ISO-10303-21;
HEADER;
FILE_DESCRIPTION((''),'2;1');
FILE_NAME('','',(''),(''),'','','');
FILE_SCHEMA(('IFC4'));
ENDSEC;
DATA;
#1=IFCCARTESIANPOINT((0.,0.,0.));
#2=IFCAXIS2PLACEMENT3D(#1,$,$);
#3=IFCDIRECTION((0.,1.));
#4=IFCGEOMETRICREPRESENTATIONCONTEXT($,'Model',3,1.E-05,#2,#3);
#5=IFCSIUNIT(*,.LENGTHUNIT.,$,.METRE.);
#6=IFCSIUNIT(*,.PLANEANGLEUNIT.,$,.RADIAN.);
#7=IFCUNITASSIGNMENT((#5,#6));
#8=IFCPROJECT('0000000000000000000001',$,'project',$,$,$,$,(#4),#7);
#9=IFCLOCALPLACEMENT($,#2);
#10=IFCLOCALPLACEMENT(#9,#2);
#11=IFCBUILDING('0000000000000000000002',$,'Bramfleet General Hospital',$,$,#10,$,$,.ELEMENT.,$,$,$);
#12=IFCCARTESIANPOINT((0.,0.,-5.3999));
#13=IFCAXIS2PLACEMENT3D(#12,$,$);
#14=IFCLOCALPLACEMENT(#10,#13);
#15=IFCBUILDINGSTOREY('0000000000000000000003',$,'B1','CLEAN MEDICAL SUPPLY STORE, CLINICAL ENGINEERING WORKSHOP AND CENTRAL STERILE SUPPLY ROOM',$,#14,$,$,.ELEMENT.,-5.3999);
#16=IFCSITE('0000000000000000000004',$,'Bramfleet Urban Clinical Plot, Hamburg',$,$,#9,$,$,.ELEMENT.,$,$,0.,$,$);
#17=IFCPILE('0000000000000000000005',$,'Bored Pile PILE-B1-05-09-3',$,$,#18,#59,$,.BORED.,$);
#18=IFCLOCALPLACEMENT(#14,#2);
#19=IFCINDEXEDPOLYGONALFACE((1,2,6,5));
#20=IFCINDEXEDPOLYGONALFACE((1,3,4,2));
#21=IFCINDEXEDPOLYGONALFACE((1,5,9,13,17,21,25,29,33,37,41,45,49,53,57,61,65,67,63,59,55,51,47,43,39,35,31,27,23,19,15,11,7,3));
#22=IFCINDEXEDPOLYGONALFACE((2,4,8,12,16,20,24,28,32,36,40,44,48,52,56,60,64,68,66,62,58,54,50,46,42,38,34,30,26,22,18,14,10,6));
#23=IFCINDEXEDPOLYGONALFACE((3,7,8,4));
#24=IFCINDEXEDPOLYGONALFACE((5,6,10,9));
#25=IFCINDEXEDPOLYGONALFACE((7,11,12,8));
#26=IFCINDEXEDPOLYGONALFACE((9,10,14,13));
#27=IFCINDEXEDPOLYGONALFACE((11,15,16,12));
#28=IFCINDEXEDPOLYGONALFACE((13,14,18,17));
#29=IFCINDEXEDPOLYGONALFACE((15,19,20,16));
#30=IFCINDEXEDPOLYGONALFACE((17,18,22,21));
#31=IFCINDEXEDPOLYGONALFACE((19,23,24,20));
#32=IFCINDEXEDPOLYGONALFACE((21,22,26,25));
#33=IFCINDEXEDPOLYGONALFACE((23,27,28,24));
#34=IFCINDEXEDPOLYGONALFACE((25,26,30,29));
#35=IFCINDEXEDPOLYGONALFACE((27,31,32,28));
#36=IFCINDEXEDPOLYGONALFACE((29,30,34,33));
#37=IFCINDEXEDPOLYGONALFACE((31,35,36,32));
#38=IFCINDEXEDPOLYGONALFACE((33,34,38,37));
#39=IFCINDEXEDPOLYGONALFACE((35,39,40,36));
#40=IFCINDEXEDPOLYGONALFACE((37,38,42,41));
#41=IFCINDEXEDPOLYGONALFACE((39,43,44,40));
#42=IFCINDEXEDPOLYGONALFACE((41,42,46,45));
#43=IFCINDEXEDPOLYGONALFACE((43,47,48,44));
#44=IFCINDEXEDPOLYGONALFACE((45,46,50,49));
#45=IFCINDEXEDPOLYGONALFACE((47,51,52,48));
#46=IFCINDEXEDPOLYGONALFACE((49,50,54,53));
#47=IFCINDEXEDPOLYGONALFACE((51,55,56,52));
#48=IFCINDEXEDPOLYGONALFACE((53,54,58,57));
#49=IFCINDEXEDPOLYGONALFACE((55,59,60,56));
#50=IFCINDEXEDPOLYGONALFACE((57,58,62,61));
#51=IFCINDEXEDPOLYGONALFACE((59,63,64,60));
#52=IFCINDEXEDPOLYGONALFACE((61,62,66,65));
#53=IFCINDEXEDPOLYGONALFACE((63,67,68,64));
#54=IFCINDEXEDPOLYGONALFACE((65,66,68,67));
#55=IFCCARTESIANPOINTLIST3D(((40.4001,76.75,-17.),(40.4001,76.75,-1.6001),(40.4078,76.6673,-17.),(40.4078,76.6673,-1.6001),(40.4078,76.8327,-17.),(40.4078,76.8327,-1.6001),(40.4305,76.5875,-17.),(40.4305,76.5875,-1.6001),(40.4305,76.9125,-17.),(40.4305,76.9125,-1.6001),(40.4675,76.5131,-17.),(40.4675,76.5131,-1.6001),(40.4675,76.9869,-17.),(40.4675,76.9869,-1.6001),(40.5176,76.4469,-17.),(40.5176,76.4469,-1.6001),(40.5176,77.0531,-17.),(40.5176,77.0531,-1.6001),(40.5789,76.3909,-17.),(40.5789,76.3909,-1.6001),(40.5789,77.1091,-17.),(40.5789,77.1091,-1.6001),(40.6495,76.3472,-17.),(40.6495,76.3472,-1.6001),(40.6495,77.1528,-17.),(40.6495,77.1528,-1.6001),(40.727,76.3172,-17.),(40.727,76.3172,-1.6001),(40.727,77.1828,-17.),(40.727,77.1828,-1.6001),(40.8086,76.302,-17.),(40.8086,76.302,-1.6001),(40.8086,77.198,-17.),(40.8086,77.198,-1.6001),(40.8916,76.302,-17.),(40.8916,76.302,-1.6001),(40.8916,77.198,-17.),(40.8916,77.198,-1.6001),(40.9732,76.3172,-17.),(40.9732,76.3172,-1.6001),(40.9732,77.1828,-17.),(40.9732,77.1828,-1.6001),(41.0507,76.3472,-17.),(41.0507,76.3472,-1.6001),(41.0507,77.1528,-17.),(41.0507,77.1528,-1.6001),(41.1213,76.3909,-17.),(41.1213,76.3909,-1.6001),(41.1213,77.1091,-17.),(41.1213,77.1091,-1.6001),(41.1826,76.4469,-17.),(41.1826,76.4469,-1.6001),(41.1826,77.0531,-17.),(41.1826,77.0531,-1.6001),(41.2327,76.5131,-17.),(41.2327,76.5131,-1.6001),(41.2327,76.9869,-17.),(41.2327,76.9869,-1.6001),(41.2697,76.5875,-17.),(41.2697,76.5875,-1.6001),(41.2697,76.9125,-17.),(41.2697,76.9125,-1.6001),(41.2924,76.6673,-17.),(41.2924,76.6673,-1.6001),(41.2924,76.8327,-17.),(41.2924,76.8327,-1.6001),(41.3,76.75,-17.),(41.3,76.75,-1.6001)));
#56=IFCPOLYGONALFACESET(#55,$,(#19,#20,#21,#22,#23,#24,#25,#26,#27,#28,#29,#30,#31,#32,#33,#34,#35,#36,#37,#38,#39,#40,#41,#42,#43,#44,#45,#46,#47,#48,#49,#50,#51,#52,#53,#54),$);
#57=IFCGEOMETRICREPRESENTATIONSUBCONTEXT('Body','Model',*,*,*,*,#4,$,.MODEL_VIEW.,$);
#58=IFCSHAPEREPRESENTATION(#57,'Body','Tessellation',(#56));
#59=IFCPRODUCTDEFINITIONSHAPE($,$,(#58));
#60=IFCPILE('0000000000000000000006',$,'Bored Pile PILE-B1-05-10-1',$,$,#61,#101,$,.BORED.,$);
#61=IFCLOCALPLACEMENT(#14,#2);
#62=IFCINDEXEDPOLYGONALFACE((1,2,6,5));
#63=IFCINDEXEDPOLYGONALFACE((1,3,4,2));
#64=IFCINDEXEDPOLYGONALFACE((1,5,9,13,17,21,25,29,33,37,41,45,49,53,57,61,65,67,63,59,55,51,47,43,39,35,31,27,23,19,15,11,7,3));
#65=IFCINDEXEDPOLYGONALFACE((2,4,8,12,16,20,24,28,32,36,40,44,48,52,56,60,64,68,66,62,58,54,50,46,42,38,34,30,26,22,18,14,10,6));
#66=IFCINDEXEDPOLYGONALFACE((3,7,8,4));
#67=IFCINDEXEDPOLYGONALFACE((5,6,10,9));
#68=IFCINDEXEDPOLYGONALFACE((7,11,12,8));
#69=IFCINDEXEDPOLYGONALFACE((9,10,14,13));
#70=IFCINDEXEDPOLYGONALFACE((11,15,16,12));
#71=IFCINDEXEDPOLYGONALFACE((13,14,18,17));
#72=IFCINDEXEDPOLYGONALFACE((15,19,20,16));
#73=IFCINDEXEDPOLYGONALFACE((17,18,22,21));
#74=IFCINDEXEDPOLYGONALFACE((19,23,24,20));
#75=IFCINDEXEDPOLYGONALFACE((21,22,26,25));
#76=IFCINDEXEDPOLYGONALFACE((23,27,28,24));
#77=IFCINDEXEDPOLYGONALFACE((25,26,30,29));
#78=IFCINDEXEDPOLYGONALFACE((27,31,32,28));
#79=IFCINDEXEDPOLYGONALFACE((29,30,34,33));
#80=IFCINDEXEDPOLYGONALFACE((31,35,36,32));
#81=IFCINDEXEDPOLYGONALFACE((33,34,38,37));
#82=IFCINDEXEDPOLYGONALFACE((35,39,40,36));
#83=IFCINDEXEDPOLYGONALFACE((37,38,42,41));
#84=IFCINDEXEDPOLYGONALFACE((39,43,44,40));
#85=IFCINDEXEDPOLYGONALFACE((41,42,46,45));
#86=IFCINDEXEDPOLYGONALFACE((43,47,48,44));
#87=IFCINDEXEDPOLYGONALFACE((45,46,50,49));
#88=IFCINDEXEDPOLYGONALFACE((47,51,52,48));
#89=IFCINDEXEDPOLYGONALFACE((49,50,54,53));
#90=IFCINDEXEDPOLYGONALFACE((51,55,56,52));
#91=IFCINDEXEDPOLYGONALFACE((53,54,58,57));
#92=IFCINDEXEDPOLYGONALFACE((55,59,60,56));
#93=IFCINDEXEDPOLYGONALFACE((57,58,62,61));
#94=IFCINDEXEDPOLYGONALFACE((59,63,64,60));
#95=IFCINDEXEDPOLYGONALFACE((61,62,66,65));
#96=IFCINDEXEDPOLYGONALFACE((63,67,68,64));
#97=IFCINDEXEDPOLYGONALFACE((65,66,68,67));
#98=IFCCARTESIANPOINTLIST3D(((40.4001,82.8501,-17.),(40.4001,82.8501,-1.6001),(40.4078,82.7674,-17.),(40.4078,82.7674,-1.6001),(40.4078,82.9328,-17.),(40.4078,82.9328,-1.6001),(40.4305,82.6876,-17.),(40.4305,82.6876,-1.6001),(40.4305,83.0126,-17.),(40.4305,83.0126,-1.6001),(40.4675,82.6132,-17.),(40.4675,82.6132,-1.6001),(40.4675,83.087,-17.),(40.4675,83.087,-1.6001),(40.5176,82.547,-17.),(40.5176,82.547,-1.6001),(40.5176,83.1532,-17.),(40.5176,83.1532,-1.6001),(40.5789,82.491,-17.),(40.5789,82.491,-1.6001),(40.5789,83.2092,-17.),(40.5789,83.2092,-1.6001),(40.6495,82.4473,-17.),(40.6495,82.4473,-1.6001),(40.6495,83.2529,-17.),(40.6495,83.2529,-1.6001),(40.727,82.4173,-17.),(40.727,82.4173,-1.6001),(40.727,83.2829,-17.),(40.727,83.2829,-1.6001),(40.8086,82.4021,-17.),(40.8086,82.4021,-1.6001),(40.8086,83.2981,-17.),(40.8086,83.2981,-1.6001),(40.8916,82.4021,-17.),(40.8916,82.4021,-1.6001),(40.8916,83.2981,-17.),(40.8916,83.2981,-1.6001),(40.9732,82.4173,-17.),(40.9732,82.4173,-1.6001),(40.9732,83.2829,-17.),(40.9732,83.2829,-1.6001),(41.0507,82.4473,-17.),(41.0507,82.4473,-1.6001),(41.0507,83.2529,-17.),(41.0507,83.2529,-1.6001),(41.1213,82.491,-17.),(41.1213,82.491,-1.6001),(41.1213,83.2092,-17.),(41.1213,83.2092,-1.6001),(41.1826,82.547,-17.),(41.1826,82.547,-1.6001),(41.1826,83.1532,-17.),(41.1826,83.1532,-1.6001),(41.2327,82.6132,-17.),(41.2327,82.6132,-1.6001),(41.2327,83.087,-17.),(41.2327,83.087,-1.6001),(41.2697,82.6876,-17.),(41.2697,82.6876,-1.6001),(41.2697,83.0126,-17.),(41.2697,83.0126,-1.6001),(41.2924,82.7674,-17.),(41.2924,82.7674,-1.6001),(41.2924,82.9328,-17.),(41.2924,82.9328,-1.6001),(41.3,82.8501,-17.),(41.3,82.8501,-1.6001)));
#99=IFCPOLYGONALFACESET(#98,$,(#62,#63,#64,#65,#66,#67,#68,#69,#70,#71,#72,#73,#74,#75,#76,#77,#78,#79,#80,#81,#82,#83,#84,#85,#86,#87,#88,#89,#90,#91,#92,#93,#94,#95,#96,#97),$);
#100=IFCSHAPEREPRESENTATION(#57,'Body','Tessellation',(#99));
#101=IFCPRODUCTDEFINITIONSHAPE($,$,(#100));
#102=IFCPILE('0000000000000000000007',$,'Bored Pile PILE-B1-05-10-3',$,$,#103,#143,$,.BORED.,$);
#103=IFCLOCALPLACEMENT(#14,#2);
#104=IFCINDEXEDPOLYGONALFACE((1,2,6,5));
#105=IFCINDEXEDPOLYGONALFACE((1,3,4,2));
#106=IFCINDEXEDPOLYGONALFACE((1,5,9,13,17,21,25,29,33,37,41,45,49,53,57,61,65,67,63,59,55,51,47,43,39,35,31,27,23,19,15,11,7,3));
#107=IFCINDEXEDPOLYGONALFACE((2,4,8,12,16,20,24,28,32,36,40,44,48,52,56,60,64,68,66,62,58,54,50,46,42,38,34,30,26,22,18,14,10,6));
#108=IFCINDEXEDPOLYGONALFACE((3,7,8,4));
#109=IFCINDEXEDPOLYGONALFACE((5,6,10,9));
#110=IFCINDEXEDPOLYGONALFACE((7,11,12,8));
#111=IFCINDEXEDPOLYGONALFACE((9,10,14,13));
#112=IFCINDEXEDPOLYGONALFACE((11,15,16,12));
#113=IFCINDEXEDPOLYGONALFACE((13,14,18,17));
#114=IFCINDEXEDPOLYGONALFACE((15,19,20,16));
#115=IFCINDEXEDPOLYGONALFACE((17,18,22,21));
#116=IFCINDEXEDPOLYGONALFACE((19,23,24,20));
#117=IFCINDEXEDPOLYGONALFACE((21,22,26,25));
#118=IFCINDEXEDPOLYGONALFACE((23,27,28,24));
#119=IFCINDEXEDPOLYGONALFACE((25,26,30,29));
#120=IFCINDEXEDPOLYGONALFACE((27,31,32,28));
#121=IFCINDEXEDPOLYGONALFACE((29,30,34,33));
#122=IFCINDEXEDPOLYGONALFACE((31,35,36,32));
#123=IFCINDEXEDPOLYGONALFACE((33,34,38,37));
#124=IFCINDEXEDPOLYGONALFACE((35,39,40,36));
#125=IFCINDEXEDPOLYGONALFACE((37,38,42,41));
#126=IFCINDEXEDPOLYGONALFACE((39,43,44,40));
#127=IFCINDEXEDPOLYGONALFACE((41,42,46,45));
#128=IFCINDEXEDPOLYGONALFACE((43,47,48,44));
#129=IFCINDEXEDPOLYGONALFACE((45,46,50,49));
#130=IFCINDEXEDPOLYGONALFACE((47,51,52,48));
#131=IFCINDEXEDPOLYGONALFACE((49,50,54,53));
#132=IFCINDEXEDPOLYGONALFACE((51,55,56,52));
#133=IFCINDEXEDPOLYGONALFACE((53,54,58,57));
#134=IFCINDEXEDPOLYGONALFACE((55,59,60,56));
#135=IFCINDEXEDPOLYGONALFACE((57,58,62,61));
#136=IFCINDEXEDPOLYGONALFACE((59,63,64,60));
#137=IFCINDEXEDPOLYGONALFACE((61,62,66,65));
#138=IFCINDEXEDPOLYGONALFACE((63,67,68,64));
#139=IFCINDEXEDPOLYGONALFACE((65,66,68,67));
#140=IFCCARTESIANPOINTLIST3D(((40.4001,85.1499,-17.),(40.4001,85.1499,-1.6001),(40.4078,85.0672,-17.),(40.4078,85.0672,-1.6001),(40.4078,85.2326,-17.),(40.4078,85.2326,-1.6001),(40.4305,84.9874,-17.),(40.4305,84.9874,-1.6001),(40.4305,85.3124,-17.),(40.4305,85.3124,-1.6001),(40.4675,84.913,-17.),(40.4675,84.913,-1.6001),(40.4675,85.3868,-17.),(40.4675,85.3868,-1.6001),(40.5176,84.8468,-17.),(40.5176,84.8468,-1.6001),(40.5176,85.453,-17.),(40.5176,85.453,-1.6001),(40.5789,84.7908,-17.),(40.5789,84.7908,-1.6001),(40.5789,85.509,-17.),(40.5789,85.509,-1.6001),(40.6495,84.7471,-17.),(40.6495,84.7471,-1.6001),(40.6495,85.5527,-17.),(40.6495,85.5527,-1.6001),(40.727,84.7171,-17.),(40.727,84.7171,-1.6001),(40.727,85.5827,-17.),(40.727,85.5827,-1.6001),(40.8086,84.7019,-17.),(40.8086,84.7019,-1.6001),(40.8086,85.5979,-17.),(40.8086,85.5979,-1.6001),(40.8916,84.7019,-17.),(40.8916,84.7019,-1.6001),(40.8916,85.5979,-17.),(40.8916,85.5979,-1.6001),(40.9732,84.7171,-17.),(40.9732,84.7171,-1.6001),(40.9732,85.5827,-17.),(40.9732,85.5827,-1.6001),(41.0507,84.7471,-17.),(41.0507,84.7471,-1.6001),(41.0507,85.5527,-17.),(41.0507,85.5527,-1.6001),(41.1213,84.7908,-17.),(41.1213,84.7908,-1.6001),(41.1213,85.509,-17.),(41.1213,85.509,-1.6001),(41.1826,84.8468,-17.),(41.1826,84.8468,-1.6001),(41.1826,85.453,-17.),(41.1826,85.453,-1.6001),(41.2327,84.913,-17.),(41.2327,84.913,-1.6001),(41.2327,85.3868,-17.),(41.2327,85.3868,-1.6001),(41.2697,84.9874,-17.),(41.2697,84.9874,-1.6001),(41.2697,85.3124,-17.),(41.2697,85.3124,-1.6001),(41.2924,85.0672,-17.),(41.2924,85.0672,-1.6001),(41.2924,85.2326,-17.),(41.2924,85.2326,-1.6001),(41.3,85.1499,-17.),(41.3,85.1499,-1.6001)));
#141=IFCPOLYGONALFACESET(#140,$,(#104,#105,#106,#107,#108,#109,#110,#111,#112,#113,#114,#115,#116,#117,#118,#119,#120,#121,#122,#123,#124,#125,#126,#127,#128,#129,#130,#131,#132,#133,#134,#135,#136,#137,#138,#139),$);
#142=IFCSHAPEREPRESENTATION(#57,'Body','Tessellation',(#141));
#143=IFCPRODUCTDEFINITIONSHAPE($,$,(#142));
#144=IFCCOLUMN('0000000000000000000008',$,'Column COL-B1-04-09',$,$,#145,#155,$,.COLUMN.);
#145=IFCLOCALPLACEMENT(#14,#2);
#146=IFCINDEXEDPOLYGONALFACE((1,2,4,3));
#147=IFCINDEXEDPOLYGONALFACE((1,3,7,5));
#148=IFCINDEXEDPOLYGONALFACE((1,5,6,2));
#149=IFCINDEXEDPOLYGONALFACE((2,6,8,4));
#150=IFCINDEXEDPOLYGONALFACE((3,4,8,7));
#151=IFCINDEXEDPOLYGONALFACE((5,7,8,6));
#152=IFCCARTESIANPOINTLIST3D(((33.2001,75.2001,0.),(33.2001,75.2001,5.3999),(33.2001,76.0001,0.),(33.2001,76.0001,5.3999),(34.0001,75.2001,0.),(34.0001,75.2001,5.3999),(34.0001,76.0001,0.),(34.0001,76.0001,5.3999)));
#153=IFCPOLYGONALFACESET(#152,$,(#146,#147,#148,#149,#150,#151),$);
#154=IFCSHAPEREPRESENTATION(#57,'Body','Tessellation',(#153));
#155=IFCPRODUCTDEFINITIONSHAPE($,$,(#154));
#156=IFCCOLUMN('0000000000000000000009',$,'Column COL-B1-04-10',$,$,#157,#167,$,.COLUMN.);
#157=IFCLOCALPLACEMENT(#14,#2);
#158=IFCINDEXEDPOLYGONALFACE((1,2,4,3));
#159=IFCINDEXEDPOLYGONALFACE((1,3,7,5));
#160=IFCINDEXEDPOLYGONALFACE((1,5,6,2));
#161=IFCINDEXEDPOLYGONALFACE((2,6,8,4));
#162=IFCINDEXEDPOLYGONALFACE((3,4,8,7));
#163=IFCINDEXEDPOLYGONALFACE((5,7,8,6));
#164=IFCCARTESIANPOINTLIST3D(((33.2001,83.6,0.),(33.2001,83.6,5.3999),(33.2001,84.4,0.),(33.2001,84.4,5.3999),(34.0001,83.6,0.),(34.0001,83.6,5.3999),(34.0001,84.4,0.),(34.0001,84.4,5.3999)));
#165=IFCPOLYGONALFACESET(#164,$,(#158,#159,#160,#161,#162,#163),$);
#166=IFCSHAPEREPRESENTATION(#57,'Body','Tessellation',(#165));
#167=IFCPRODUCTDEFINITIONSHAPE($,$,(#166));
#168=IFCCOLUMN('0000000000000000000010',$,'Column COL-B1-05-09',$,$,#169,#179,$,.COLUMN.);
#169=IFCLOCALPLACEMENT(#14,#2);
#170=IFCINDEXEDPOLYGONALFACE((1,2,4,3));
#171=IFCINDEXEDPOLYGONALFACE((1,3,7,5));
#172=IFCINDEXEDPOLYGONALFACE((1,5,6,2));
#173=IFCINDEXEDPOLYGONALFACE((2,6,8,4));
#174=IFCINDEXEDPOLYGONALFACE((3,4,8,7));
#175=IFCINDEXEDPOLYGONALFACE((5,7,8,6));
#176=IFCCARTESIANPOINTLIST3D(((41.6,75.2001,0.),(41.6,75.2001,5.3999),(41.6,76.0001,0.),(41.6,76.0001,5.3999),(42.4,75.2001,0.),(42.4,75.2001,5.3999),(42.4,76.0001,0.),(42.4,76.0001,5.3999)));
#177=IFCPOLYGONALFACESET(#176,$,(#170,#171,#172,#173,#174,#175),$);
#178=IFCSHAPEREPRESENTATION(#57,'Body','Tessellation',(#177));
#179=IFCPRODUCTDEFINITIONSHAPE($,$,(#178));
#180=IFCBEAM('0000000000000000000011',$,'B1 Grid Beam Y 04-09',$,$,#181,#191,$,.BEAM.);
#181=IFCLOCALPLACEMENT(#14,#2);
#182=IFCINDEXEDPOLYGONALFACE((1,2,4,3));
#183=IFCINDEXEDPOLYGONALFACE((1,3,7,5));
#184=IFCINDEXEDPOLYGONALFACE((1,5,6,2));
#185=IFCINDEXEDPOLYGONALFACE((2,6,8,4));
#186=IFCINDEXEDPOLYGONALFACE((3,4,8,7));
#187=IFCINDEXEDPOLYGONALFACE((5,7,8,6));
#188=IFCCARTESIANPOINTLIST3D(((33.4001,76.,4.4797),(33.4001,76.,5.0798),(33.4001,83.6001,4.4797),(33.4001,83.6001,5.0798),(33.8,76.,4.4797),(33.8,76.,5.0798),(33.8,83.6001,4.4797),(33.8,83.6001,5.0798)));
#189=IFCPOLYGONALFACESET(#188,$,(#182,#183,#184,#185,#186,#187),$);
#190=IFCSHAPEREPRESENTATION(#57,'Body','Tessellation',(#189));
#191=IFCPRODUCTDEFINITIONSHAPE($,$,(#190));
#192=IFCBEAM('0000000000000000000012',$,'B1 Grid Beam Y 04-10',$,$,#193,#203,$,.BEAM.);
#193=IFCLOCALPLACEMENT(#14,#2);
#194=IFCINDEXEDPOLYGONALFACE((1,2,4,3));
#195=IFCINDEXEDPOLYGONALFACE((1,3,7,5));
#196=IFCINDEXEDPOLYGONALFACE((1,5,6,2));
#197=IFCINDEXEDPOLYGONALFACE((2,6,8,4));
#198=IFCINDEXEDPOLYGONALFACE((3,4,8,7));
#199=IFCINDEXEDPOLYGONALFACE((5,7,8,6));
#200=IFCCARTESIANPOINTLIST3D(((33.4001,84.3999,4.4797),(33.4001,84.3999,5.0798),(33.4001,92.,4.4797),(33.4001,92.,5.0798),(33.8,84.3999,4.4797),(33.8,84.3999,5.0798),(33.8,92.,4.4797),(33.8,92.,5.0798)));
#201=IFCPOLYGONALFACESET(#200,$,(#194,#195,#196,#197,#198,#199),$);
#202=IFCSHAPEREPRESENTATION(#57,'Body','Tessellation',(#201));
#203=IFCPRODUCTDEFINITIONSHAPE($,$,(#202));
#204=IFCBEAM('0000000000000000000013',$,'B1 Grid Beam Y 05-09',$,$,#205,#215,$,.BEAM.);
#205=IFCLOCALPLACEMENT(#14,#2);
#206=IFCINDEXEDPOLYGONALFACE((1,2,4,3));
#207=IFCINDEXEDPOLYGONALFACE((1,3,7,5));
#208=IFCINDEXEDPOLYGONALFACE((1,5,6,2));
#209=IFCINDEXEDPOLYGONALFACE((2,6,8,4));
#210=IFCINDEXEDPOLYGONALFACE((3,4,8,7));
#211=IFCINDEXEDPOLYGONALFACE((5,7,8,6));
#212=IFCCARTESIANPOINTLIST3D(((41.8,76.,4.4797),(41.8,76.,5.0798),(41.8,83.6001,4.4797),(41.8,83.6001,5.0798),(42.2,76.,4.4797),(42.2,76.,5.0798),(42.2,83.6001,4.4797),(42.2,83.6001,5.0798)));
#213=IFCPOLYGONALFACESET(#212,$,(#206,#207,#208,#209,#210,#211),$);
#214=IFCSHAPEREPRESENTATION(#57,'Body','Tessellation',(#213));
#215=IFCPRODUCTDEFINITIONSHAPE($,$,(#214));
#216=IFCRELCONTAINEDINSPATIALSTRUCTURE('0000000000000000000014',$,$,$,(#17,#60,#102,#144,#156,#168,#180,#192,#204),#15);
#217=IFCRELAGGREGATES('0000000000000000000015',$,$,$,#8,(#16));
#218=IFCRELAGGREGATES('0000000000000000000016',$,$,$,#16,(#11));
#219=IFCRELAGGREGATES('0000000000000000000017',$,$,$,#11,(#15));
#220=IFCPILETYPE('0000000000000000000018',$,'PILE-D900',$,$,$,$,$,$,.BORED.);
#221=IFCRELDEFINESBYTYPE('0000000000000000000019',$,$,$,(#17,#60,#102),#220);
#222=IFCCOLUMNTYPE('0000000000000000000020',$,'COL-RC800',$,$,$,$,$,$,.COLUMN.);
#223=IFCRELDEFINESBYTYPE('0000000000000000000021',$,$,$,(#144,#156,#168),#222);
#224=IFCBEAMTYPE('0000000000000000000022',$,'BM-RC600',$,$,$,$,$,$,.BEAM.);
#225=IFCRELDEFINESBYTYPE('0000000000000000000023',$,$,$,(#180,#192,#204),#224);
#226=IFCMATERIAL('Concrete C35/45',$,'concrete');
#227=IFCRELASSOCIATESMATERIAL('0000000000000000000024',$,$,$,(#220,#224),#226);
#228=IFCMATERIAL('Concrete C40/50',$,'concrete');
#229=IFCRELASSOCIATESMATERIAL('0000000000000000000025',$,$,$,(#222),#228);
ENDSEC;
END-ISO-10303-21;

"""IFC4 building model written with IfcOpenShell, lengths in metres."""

from ifc_helpers import new_model, si_unit, direction, frame, origin, origin_2d, place, context, subcontext, project, spatial, rectangle, circle, extrude, material, material_profile, profile_set, type_object, element, save


model = new_model("IFC4")

# Units and contexts
model_context = context("Model", 3, precision=1e-05, world=origin(), true_north=direction((0.0, 1.0)))
body_context = subcontext(model_context, "Body", "Model", "MODEL_VIEW")
ifc_project = project(units=[si_unit("LENGTHUNIT", "METRE"), si_unit("PLANEANGLEUNIT", "RADIAN")], contexts=[model_context])

# Site, building, storey
site_placement = place(None, origin())
site = spatial("IfcSite", under=ifc_project, at=site_placement, Name="Bramfleet Urban Clinical Plot, Hamburg", CompositionType="ELEMENT", RefElevation=0.0)
building_placement = place(site_placement, origin())
building = spatial("IfcBuilding", under=site, at=building_placement, Name="Bramfleet General Hospital", CompositionType="ELEMENT")
storey_placement = place(building_placement, frame((0.0, 0.0, -5.3999)))
storey = spatial("IfcBuildingStorey", under=building, at=storey_placement, Name="B1", Description="CLEAN MEDICAL SUPPLY STORE, CLINICAL ENGINEERING WORKSHOP AND CENTRAL STERILE SUPPLY ROOM", CompositionType="ELEMENT", Elevation=-5.3999)

# Shared definitions
ifc_material_1 = material(Name="Concrete C35/45", Category="concrete")

# Piles
ifc_material_profile_1 = material_profile(ifc_material_1, circle(Radius=0.45, at=origin_2d()), Name="PILE BORED D900")
ifc_profile_set_1 = profile_set([ifc_material_profile_1], Name="Concrete C35/45")
pile_type = type_object("IfcPileType", Name="PILE-D900", PredefinedType="BORED", material=ifc_profile_set_1)
for number, where, z_axis, x_axis, name in (
    (1, (40.8501, 76.75, -1.6001), (0.0, 0.0, -1.0), (1.0, 0.0, 0.0), "Bored Pile PILE-B1-05-09-3"),
    (2, (40.8501, 82.8501, -1.6001), (0.0, 0.0, -1.0), (1.0, 0.0, 0.0), "Bored Pile PILE-B1-05-10-1"),
    (3, (40.8501, 85.1499, -1.6001), (0.0, 0.0, -1.0), (1.0, 0.0, 0.0), "Bored Pile PILE-B1-05-10-3"),
):
    element("IfcPile", number, at=place(storey_placement, frame(where, z_axis=z_axis, x_axis=x_axis)), inside=storey, type_object=pile_type, Name=name, PredefinedType="BORED", context=body_context, shape_type="SweptSolid", body=[
        extrude(circle(Radius=0.45, at=origin_2d()), origin(), (0.0, 0.0, 1.0), 15.3999),
    ])

# Columns
ifc_material_2 = material(Name="Concrete C40/50", Category="concrete")
ifc_material_profile_2 = material_profile(ifc_material_2, rectangle(XDim=0.8, YDim=0.8, at=origin_2d()), Name="RC COL 800x800")
ifc_profile_set_2 = profile_set([ifc_material_profile_2], Name="Concrete C40/50")
column_type = type_object("IfcColumnType", Name="COL-RC800", PredefinedType="COLUMN", material=ifc_profile_set_2)
for number, where, z_axis, x_axis, name in (
    (4, (33.6001, 75.6001, 0.0), (0.0, 0.0, 1.0), (1.0, 0.0, 0.0), "Column COL-B1-04-09"),
    (5, (33.6001, 84.0, 0.0), (0.0, 0.0, 1.0), (1.0, 0.0, 0.0), "Column COL-B1-04-10"),
    (6, (42.0, 75.6001, 0.0), (0.0, 0.0, 1.0), (1.0, 0.0, 0.0), "Column COL-B1-05-09"),
):
    element("IfcColumn", number, at=place(storey_placement, frame(where, z_axis=z_axis, x_axis=x_axis)), inside=storey, type_object=column_type, Name=name, PredefinedType="COLUMN", context=body_context, shape_type="SweptSolid", body=[
        extrude(rectangle(XDim=0.8, YDim=0.8, at=origin_2d()), origin(), (0.0, 0.0, 1.0), 5.3999),
    ])

# Beams
ifc_material_profile_3 = material_profile(ifc_material_1, rectangle(XDim=0.3999, YDim=0.6001, at=origin_2d()), Name="RC BM 600x400")
ifc_profile_set_3 = profile_set([ifc_material_profile_3], Name="Concrete C35/45")
beam_type_1 = type_object("IfcBeamType", Name="BM-RC600", PredefinedType="BEAM", material=ifc_profile_set_3)
for number, where, z_axis, x_axis, name in (
    (7, (33.6001, 76.0, 4.7798), (0.0, 1.0, 0.0), (-1.0, 0.0, 0.0), "B1 Grid Beam Y 04-09"),
    (8, (33.6001, 84.3999, 4.7798), (0.0, 1.0, 0.0), (-1.0, 0.0, 0.0), "B1 Grid Beam Y 04-10"),
    (9, (42.0, 76.0, 4.7798), (0.0, 1.0, 0.0), (-1.0, 0.0, 0.0), "B1 Grid Beam Y 05-09"),
):
    element("IfcBeam", number, at=place(storey_placement, frame(where, z_axis=z_axis, x_axis=x_axis)), inside=storey, type_object=beam_type_1, Name=name, PredefinedType="BEAM", context=body_context, shape_type="SweptSolid", body=[
        extrude(rectangle(XDim=0.3999, YDim=0.6001, at=origin_2d()), origin(), (0.0, 0.0, 1.0), 7.6001),
    ])

save(model, "model.ifc")
